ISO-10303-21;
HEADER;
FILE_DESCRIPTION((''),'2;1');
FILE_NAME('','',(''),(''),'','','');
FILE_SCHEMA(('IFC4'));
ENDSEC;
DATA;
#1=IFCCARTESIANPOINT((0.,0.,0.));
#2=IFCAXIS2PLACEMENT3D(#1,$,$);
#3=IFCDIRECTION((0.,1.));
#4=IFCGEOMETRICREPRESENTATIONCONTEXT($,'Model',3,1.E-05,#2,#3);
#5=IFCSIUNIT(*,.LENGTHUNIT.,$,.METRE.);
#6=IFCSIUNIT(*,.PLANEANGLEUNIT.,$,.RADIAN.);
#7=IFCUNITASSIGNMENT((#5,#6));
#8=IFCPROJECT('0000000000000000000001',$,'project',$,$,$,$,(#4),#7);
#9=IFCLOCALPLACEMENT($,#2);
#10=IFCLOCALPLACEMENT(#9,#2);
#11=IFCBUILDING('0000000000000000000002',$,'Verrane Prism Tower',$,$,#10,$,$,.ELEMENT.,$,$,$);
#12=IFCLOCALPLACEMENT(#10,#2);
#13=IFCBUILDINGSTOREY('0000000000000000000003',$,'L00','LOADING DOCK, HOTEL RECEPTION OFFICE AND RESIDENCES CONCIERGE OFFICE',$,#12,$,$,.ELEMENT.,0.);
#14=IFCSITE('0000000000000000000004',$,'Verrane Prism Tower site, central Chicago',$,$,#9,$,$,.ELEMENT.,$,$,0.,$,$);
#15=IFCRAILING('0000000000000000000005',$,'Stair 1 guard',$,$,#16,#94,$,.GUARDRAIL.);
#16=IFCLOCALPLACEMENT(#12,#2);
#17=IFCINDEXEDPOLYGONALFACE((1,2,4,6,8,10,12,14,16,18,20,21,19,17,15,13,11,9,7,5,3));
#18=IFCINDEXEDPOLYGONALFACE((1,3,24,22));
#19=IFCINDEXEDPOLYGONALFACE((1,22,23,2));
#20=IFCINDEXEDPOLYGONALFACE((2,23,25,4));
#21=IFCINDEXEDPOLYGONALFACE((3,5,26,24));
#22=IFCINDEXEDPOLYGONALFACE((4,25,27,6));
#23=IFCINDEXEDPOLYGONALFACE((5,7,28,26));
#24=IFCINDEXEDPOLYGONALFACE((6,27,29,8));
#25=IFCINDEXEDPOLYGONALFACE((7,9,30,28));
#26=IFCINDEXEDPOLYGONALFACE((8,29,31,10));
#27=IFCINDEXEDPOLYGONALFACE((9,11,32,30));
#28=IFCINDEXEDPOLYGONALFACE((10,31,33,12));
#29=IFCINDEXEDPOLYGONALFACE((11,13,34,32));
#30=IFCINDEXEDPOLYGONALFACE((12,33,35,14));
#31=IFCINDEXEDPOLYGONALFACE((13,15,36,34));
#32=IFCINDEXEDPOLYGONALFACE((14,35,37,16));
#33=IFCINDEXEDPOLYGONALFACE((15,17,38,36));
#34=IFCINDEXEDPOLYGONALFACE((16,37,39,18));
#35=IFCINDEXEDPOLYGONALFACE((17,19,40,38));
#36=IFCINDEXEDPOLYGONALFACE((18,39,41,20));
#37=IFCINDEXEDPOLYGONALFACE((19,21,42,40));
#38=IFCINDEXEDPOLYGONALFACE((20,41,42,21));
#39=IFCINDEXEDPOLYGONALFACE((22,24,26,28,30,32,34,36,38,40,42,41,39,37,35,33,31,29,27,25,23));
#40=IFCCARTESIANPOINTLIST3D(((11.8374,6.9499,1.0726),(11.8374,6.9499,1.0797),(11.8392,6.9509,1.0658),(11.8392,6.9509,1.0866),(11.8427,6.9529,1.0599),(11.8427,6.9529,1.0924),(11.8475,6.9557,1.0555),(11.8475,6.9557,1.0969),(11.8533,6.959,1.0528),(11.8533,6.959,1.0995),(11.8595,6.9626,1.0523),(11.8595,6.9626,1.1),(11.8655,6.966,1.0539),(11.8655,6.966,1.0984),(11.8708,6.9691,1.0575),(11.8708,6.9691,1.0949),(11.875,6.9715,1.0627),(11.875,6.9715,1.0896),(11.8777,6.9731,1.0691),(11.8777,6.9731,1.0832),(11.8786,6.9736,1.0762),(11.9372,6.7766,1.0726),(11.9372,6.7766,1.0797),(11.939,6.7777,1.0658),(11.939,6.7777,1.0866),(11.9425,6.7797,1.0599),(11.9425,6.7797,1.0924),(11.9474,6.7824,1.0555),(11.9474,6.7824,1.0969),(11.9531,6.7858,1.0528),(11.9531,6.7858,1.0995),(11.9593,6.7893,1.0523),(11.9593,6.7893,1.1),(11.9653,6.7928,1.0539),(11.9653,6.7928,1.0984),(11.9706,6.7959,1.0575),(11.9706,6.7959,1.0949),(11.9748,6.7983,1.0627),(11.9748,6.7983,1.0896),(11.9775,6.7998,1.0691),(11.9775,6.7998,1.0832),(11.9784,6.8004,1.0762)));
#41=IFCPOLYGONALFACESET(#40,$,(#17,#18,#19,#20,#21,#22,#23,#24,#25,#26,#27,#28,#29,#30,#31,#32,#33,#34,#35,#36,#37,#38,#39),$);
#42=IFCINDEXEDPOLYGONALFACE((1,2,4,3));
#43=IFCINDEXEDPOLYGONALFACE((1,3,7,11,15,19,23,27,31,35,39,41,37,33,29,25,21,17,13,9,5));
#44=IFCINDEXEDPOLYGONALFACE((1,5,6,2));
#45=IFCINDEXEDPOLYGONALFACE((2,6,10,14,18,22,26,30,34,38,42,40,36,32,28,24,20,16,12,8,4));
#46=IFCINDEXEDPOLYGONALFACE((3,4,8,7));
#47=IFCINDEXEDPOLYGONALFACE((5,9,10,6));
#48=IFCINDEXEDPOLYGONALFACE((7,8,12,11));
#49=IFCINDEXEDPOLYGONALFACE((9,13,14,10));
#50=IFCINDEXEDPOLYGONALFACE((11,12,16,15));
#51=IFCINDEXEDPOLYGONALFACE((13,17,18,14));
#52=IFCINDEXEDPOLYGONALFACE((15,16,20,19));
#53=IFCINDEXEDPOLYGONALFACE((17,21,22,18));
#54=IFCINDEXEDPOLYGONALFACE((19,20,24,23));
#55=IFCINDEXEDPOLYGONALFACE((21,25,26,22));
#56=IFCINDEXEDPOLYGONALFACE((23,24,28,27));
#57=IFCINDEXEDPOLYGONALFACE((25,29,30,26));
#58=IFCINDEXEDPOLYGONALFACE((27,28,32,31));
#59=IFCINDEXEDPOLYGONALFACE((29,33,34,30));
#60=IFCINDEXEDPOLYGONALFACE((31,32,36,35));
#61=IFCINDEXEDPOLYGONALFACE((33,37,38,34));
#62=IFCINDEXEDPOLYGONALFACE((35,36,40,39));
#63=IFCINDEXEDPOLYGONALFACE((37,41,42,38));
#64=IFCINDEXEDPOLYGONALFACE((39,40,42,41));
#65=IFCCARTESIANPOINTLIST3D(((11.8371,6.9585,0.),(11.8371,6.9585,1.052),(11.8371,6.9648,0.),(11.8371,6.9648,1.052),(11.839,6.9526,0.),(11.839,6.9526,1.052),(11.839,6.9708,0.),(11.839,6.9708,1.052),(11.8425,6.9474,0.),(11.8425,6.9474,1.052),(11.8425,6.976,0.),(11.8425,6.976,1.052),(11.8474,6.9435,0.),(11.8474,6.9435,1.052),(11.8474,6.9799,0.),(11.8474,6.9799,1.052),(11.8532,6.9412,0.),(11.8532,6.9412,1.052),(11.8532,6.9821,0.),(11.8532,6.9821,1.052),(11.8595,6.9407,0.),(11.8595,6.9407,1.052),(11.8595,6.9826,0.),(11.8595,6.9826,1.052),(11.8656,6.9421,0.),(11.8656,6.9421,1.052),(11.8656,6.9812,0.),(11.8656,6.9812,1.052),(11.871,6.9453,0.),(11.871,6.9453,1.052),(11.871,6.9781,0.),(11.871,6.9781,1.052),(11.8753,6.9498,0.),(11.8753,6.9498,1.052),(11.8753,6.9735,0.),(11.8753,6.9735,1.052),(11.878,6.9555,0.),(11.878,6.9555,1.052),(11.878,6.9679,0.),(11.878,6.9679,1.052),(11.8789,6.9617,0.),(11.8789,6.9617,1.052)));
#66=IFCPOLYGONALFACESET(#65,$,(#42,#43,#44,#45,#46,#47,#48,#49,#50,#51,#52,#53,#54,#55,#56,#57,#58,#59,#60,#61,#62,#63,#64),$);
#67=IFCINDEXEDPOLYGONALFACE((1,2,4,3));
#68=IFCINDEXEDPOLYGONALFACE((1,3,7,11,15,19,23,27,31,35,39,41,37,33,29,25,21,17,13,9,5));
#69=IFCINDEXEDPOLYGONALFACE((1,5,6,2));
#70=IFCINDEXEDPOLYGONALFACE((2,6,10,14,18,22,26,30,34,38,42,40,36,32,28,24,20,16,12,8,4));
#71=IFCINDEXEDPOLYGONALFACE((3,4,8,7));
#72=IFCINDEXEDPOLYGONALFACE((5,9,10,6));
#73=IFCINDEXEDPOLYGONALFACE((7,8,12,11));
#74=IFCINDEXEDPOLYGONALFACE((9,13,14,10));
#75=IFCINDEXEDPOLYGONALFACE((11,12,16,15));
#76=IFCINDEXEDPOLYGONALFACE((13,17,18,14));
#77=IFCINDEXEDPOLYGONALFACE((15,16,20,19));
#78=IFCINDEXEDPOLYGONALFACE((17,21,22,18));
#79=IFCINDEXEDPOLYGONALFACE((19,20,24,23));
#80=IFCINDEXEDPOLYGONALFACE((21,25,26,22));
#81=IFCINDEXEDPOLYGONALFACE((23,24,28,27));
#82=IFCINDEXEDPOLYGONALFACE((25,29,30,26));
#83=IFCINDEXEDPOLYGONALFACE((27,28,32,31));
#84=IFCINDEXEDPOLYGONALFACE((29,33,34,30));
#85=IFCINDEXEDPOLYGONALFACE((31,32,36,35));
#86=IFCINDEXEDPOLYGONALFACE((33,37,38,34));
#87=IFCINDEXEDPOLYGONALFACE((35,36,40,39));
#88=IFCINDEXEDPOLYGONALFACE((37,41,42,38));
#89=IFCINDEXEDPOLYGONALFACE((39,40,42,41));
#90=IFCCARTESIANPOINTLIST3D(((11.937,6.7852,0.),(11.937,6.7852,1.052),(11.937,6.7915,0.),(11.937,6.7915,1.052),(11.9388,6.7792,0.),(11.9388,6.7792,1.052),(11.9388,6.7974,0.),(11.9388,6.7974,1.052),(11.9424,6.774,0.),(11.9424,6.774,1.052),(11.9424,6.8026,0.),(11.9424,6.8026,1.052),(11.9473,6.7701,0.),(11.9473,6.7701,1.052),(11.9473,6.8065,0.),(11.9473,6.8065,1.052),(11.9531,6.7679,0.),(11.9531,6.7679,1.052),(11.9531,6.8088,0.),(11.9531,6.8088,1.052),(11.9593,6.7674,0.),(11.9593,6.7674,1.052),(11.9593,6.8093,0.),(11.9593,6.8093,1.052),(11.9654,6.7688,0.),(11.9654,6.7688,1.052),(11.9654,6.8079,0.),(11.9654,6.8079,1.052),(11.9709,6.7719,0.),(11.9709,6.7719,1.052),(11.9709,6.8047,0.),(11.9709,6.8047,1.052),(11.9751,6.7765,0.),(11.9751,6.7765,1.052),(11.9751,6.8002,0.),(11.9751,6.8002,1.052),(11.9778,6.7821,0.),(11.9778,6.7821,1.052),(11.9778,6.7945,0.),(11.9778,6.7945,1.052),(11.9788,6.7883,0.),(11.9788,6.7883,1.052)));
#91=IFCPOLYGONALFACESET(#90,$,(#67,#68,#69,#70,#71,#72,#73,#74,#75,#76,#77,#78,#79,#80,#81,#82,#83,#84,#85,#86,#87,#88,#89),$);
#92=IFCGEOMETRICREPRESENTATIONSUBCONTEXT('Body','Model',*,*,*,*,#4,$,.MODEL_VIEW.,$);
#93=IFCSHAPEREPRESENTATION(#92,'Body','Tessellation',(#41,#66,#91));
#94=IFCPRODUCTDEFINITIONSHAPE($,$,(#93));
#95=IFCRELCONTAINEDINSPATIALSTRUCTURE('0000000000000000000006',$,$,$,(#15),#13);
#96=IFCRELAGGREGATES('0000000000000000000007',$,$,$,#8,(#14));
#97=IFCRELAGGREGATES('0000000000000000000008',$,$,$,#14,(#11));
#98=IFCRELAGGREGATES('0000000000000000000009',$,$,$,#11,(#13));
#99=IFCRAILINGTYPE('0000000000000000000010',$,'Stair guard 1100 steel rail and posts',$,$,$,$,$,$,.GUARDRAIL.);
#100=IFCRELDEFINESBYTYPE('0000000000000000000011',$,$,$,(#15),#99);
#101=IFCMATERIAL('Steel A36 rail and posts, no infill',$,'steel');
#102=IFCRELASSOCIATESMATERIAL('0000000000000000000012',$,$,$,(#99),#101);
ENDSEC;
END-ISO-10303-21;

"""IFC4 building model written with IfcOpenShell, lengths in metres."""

from ifc_helpers import new_model, si_unit, direction, frame, origin, origin_2d, place, context, subcontext, project, spatial, circle, extrude, material, type_object, element, save


model = new_model("IFC4")

# Units and contexts
model_context = context("Model", 3, precision=1e-05, world=origin(), true_north=direction((0.0, 1.0)))
body_context = subcontext(model_context, "Body", "Model", "MODEL_VIEW")
ifc_project = project(units=[si_unit("LENGTHUNIT", "METRE"), si_unit("PLANEANGLEUNIT", "RADIAN")], contexts=[model_context])

# Site, building, storey
site_placement = place(None, origin())
site = spatial("IfcSite", under=ifc_project, at=site_placement, Name="Verrane Prism Tower site, central Chicago", CompositionType="ELEMENT", RefElevation=0.0)
building_placement = place(site_placement, origin())
building = spatial("IfcBuilding", under=site, at=building_placement, Name="Verrane Prism Tower", CompositionType="ELEMENT")
storey_placement = place(building_placement, origin())
storey = spatial("IfcBuildingStorey", under=building, at=storey_placement, Name="L00", Description="LOADING DOCK, HOTEL RECEPTION OFFICE AND RESIDENCES CONCIERGE OFFICE", CompositionType="ELEMENT", Elevation=0.0)

# Railing
ifc_material_1 = material(Name="Steel A36 rail and posts, no infill", Category="steel")
railing_type_1 = type_object("IfcRailingType", Name="Stair guard 1100 steel rail and posts", PredefinedType="GUARDRAIL", material=ifc_material_1)
railing_1_placement = place(storey_placement, frame((11.8579, 6.9617, 0.0)))
element("IfcRailing", 1, at=railing_1_placement, inside=storey, type_object=railing_type_1, Name="Stair 1 guard", PredefinedType="GUARDRAIL", context=body_context, shape_type="SweptSolid", body=[
    extrude(circle(Radius=0.0239, at=origin_2d()), frame((0.0, 0.0, 1.0762), z_axis=(0.499159, -0.86651, 0.0), x_axis=(0.86651, 0.499159, 0.0)), (0.0, 0.0, 1.0), 0.2),
    extrude(circle(Radius=0.021, at=origin_2d()), origin(), (0.0, 0.0, 1.0), 1.052),
    extrude(circle(Radius=0.021, at=origin_2d()), frame((0.0999, -0.1733, 0.0)), (0.0, 0.0, 1.0), 1.052),
])

save(model, "model.ifc")
